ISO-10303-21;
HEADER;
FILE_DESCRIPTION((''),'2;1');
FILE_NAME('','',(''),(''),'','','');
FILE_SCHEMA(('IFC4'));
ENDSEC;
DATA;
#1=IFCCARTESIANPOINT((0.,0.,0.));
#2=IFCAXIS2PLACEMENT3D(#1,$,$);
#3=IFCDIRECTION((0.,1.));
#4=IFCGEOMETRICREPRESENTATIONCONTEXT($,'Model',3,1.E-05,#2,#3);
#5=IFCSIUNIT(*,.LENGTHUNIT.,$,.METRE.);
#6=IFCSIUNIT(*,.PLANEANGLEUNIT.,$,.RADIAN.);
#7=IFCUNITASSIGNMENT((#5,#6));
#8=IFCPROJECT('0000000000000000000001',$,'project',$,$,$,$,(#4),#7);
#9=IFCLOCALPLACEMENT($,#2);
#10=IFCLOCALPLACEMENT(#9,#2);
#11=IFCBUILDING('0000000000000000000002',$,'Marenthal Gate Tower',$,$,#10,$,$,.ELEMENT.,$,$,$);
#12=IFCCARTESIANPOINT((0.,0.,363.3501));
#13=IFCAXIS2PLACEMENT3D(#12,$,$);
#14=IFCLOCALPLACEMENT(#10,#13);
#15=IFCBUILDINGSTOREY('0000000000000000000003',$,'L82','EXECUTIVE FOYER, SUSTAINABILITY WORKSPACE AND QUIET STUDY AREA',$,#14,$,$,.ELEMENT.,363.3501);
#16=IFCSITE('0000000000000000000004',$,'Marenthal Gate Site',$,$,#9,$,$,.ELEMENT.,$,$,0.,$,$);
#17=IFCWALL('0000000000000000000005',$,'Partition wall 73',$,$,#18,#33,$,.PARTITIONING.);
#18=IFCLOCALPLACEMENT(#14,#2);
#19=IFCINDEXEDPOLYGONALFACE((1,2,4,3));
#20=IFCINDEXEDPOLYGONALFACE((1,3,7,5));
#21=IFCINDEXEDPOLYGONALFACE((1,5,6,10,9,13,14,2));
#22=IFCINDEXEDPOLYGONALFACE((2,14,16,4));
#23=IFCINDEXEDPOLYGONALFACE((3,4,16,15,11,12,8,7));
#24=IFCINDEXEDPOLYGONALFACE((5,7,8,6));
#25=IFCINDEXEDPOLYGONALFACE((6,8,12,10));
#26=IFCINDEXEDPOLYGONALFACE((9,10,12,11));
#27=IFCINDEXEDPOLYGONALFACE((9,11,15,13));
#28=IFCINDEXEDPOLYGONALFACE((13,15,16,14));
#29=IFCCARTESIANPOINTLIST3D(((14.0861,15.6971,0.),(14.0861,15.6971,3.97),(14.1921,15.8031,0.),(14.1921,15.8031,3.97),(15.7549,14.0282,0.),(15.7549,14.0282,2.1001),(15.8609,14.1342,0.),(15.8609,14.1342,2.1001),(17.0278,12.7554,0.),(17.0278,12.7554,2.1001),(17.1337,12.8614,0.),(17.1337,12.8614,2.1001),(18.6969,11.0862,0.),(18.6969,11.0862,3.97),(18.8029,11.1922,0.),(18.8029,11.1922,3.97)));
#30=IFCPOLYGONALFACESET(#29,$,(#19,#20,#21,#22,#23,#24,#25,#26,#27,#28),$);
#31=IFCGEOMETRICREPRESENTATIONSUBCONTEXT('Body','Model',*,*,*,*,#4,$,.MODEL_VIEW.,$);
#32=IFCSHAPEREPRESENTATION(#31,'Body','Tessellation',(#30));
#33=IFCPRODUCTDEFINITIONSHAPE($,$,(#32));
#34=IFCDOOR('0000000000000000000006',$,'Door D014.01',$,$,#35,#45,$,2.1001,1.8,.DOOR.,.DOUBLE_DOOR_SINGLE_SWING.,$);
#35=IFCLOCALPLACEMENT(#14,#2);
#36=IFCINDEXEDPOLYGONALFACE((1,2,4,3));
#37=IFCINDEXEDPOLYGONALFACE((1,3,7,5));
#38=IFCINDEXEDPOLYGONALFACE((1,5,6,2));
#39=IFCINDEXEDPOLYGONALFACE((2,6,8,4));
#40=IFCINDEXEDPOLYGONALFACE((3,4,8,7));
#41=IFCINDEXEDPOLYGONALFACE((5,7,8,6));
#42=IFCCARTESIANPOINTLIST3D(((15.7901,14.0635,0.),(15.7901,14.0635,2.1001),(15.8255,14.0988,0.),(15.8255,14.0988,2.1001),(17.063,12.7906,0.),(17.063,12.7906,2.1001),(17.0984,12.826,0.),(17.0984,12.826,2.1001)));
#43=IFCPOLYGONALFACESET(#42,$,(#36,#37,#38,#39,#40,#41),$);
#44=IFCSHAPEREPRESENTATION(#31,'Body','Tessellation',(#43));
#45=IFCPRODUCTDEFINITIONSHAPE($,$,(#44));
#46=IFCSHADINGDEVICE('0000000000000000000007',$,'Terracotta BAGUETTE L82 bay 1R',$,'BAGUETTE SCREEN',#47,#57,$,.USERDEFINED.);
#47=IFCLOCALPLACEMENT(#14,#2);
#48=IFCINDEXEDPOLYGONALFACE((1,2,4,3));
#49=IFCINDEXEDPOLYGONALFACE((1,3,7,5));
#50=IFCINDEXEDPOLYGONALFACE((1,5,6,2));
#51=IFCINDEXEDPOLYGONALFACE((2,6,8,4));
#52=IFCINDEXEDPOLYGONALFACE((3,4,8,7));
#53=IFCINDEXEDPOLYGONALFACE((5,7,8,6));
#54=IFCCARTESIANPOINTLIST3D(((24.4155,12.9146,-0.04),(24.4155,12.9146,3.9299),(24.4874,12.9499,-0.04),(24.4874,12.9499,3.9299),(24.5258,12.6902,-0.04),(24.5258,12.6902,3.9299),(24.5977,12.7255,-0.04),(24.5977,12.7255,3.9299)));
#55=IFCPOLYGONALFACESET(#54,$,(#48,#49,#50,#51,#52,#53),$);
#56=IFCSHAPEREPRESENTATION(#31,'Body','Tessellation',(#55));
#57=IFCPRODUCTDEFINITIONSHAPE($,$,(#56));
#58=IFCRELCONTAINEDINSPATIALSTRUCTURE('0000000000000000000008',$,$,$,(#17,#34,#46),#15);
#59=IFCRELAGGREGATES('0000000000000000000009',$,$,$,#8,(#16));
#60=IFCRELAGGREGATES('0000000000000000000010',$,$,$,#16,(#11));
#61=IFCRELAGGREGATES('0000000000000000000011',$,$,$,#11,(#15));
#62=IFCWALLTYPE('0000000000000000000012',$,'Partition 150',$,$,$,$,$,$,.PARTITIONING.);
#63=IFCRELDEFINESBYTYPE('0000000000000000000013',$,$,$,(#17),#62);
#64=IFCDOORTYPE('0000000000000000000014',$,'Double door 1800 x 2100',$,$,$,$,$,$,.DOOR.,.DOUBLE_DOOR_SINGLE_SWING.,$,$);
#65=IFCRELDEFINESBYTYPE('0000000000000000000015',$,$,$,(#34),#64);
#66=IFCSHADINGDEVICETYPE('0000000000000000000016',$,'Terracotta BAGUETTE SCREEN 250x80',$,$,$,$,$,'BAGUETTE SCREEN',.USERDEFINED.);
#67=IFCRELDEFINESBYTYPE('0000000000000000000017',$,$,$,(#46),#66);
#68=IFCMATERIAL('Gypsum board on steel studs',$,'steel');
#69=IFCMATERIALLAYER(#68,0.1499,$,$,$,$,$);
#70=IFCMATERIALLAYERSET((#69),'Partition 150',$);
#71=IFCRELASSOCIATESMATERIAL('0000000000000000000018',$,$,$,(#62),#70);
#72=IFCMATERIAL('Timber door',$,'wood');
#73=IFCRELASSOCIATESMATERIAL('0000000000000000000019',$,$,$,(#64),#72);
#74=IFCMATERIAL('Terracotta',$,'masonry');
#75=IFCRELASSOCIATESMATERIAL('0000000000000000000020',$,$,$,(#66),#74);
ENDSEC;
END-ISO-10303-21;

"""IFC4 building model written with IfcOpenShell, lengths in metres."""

from ifc_helpers import new_model, si_unit, direction, frame, frame_2d, origin, origin_2d, place, context, subcontext, project, spatial, rectangle, extrude, material, layer, layer_set, material_profile, profile_set, type_object, element, fill, save


model = new_model("IFC4")

# Units and contexts
model_context = context("Model", 3, precision=1e-05, world=origin(), true_north=direction((0.0, 1.0)))
body_context = subcontext(model_context, "Body", "Model", "MODEL_VIEW")
ifc_project = project(units=[si_unit("LENGTHUNIT", "METRE"), si_unit("PLANEANGLEUNIT", "RADIAN")], contexts=[model_context])

# Site, building, storey
site_placement = place(None, origin())
site = spatial("IfcSite", under=ifc_project, at=site_placement, Name="Marenthal Gate Site", CompositionType="ELEMENT", RefElevation=0.0)
building_placement = place(site_placement, origin())
building = spatial("IfcBuilding", under=site, at=building_placement, Name="Marenthal Gate Tower", CompositionType="ELEMENT")
storey_placement = place(building_placement, frame((0.0, 0.0, 363.3501)))
storey = spatial("IfcBuildingStorey", under=building, at=storey_placement, Name="L82", Description="EXECUTIVE FOYER, SUSTAINABILITY WORKSPACE AND QUIET STUDY AREA", CompositionType="ELEMENT", Elevation=363.3501)

# Wall, opening, door
ifc_material_1 = material(Name="Gypsum board on steel studs", Category="steel")
ifc_layer_1 = layer(ifc_material_1, 0.1499)
ifc_layer_set_1 = layer_set([ifc_layer_1], Name="Partition 150")
wall_type_1 = type_object("IfcWallType", Name="Partition 150", PredefinedType="PARTITIONING", material=ifc_layer_set_1)
wall_1_placement = place(storey_placement, frame((14.1392, 15.75, 0.0), z_axis=(0.0, 0.0, 1.0), x_axis=(0.707107, -0.707107, 0.0)))
wall_1 = element("IfcWall", 1, at=wall_1_placement, inside=storey, type_object=wall_type_1, Name="Partition wall 73", PredefinedType="PARTITIONING", context=body_context, shape_type="SweptSolid", body=[
    extrude(rectangle(XDim=6.5208, YDim=0.1499, at=frame_2d((3.2603, 0.0))), origin(), (0.0, 0.0, 1.0), 3.97),
])
opening_1_placement = place(wall_1_placement, frame((2.3601, 0.0, 0.0)))
opening_1 = element("IfcOpeningElement", 2, at=opening_1_placement, cuts=wall_1, PredefinedType="OPENING", context=body_context, shape_type="SweptSolid", body=[
    extrude(rectangle(XDim=1.8, YDim=2.1001, at=frame_2d((0.8999, 1.05))), frame((0.0, 0.085, 0.0), z_axis=(0.0, -1.0, 0.0), x_axis=(1.0, 0.0, 0.0)), (0.0, 0.0, 1.0), 0.1699),
])
ifc_material_2 = material(Name="Timber door", Category="wood")
door_type_1 = type_object("IfcDoorType", Name="Double door 1800 x 2100", OperationType="DOUBLE_DOOR_SINGLE_SWING", PredefinedType="DOOR", material=ifc_material_2)
door_1_placement = place(opening_1_placement, origin())
door_1 = element("IfcDoor", 3, at=door_1_placement, inside=storey, type_object=door_type_1, Name="Door D014.01", OperationType="DOUBLE_DOOR_SINGLE_SWING", OverallHeight=2.1001, OverallWidth=1.8, PredefinedType="DOOR", context=body_context, shape_type="SweptSolid", body=[
    extrude(rectangle(XDim=1.8, YDim=2.1001, at=frame_2d((0.8999, 1.05))), frame((0.0, 0.0249, 0.0), z_axis=(0.0, -1.0, 0.0), x_axis=(1.0, 0.0, 0.0)), (0.0, 0.0, 1.0), 0.05),
])
fill(opening_1, door_1)

# Shading device
ifc_material_3 = material(Name="Terracotta", Category="masonry")
ifc_material_profile_1 = material_profile(ifc_material_3, rectangle(XDim=0.25, YDim=0.0801, at=origin_2d()), Name="Terracotta baguette 250x80")
ifc_profile_set_1 = profile_set([ifc_material_profile_1], Name="Terracotta")
shading_device_type = type_object("IfcShadingDeviceType", Name="Terracotta BAGUETTE SCREEN 250x80", ElementType="BAGUETTE SCREEN", PredefinedType="USERDEFINED", material=ifc_profile_set_1)
shading_device_placement = place(storey_placement, frame((24.5066, 12.8201, -0.04), z_axis=(0.0, 0.0, 1.0), x_axis=(-0.441063, 0.897476, 0.0)))
element("IfcShadingDevice", 4, at=shading_device_placement, inside=storey, type_object=shading_device_type, Name="Terracotta BAGUETTE L82 bay 1R", ObjectType="BAGUETTE SCREEN", PredefinedType="USERDEFINED", context=body_context, shape_type="SweptSolid", body=[
    extrude(rectangle(XDim=0.25, YDim=0.0801, at=origin_2d()), origin(), (0.0, 0.0, 1.0), 3.97),
])

save(model, "model.ifc")
